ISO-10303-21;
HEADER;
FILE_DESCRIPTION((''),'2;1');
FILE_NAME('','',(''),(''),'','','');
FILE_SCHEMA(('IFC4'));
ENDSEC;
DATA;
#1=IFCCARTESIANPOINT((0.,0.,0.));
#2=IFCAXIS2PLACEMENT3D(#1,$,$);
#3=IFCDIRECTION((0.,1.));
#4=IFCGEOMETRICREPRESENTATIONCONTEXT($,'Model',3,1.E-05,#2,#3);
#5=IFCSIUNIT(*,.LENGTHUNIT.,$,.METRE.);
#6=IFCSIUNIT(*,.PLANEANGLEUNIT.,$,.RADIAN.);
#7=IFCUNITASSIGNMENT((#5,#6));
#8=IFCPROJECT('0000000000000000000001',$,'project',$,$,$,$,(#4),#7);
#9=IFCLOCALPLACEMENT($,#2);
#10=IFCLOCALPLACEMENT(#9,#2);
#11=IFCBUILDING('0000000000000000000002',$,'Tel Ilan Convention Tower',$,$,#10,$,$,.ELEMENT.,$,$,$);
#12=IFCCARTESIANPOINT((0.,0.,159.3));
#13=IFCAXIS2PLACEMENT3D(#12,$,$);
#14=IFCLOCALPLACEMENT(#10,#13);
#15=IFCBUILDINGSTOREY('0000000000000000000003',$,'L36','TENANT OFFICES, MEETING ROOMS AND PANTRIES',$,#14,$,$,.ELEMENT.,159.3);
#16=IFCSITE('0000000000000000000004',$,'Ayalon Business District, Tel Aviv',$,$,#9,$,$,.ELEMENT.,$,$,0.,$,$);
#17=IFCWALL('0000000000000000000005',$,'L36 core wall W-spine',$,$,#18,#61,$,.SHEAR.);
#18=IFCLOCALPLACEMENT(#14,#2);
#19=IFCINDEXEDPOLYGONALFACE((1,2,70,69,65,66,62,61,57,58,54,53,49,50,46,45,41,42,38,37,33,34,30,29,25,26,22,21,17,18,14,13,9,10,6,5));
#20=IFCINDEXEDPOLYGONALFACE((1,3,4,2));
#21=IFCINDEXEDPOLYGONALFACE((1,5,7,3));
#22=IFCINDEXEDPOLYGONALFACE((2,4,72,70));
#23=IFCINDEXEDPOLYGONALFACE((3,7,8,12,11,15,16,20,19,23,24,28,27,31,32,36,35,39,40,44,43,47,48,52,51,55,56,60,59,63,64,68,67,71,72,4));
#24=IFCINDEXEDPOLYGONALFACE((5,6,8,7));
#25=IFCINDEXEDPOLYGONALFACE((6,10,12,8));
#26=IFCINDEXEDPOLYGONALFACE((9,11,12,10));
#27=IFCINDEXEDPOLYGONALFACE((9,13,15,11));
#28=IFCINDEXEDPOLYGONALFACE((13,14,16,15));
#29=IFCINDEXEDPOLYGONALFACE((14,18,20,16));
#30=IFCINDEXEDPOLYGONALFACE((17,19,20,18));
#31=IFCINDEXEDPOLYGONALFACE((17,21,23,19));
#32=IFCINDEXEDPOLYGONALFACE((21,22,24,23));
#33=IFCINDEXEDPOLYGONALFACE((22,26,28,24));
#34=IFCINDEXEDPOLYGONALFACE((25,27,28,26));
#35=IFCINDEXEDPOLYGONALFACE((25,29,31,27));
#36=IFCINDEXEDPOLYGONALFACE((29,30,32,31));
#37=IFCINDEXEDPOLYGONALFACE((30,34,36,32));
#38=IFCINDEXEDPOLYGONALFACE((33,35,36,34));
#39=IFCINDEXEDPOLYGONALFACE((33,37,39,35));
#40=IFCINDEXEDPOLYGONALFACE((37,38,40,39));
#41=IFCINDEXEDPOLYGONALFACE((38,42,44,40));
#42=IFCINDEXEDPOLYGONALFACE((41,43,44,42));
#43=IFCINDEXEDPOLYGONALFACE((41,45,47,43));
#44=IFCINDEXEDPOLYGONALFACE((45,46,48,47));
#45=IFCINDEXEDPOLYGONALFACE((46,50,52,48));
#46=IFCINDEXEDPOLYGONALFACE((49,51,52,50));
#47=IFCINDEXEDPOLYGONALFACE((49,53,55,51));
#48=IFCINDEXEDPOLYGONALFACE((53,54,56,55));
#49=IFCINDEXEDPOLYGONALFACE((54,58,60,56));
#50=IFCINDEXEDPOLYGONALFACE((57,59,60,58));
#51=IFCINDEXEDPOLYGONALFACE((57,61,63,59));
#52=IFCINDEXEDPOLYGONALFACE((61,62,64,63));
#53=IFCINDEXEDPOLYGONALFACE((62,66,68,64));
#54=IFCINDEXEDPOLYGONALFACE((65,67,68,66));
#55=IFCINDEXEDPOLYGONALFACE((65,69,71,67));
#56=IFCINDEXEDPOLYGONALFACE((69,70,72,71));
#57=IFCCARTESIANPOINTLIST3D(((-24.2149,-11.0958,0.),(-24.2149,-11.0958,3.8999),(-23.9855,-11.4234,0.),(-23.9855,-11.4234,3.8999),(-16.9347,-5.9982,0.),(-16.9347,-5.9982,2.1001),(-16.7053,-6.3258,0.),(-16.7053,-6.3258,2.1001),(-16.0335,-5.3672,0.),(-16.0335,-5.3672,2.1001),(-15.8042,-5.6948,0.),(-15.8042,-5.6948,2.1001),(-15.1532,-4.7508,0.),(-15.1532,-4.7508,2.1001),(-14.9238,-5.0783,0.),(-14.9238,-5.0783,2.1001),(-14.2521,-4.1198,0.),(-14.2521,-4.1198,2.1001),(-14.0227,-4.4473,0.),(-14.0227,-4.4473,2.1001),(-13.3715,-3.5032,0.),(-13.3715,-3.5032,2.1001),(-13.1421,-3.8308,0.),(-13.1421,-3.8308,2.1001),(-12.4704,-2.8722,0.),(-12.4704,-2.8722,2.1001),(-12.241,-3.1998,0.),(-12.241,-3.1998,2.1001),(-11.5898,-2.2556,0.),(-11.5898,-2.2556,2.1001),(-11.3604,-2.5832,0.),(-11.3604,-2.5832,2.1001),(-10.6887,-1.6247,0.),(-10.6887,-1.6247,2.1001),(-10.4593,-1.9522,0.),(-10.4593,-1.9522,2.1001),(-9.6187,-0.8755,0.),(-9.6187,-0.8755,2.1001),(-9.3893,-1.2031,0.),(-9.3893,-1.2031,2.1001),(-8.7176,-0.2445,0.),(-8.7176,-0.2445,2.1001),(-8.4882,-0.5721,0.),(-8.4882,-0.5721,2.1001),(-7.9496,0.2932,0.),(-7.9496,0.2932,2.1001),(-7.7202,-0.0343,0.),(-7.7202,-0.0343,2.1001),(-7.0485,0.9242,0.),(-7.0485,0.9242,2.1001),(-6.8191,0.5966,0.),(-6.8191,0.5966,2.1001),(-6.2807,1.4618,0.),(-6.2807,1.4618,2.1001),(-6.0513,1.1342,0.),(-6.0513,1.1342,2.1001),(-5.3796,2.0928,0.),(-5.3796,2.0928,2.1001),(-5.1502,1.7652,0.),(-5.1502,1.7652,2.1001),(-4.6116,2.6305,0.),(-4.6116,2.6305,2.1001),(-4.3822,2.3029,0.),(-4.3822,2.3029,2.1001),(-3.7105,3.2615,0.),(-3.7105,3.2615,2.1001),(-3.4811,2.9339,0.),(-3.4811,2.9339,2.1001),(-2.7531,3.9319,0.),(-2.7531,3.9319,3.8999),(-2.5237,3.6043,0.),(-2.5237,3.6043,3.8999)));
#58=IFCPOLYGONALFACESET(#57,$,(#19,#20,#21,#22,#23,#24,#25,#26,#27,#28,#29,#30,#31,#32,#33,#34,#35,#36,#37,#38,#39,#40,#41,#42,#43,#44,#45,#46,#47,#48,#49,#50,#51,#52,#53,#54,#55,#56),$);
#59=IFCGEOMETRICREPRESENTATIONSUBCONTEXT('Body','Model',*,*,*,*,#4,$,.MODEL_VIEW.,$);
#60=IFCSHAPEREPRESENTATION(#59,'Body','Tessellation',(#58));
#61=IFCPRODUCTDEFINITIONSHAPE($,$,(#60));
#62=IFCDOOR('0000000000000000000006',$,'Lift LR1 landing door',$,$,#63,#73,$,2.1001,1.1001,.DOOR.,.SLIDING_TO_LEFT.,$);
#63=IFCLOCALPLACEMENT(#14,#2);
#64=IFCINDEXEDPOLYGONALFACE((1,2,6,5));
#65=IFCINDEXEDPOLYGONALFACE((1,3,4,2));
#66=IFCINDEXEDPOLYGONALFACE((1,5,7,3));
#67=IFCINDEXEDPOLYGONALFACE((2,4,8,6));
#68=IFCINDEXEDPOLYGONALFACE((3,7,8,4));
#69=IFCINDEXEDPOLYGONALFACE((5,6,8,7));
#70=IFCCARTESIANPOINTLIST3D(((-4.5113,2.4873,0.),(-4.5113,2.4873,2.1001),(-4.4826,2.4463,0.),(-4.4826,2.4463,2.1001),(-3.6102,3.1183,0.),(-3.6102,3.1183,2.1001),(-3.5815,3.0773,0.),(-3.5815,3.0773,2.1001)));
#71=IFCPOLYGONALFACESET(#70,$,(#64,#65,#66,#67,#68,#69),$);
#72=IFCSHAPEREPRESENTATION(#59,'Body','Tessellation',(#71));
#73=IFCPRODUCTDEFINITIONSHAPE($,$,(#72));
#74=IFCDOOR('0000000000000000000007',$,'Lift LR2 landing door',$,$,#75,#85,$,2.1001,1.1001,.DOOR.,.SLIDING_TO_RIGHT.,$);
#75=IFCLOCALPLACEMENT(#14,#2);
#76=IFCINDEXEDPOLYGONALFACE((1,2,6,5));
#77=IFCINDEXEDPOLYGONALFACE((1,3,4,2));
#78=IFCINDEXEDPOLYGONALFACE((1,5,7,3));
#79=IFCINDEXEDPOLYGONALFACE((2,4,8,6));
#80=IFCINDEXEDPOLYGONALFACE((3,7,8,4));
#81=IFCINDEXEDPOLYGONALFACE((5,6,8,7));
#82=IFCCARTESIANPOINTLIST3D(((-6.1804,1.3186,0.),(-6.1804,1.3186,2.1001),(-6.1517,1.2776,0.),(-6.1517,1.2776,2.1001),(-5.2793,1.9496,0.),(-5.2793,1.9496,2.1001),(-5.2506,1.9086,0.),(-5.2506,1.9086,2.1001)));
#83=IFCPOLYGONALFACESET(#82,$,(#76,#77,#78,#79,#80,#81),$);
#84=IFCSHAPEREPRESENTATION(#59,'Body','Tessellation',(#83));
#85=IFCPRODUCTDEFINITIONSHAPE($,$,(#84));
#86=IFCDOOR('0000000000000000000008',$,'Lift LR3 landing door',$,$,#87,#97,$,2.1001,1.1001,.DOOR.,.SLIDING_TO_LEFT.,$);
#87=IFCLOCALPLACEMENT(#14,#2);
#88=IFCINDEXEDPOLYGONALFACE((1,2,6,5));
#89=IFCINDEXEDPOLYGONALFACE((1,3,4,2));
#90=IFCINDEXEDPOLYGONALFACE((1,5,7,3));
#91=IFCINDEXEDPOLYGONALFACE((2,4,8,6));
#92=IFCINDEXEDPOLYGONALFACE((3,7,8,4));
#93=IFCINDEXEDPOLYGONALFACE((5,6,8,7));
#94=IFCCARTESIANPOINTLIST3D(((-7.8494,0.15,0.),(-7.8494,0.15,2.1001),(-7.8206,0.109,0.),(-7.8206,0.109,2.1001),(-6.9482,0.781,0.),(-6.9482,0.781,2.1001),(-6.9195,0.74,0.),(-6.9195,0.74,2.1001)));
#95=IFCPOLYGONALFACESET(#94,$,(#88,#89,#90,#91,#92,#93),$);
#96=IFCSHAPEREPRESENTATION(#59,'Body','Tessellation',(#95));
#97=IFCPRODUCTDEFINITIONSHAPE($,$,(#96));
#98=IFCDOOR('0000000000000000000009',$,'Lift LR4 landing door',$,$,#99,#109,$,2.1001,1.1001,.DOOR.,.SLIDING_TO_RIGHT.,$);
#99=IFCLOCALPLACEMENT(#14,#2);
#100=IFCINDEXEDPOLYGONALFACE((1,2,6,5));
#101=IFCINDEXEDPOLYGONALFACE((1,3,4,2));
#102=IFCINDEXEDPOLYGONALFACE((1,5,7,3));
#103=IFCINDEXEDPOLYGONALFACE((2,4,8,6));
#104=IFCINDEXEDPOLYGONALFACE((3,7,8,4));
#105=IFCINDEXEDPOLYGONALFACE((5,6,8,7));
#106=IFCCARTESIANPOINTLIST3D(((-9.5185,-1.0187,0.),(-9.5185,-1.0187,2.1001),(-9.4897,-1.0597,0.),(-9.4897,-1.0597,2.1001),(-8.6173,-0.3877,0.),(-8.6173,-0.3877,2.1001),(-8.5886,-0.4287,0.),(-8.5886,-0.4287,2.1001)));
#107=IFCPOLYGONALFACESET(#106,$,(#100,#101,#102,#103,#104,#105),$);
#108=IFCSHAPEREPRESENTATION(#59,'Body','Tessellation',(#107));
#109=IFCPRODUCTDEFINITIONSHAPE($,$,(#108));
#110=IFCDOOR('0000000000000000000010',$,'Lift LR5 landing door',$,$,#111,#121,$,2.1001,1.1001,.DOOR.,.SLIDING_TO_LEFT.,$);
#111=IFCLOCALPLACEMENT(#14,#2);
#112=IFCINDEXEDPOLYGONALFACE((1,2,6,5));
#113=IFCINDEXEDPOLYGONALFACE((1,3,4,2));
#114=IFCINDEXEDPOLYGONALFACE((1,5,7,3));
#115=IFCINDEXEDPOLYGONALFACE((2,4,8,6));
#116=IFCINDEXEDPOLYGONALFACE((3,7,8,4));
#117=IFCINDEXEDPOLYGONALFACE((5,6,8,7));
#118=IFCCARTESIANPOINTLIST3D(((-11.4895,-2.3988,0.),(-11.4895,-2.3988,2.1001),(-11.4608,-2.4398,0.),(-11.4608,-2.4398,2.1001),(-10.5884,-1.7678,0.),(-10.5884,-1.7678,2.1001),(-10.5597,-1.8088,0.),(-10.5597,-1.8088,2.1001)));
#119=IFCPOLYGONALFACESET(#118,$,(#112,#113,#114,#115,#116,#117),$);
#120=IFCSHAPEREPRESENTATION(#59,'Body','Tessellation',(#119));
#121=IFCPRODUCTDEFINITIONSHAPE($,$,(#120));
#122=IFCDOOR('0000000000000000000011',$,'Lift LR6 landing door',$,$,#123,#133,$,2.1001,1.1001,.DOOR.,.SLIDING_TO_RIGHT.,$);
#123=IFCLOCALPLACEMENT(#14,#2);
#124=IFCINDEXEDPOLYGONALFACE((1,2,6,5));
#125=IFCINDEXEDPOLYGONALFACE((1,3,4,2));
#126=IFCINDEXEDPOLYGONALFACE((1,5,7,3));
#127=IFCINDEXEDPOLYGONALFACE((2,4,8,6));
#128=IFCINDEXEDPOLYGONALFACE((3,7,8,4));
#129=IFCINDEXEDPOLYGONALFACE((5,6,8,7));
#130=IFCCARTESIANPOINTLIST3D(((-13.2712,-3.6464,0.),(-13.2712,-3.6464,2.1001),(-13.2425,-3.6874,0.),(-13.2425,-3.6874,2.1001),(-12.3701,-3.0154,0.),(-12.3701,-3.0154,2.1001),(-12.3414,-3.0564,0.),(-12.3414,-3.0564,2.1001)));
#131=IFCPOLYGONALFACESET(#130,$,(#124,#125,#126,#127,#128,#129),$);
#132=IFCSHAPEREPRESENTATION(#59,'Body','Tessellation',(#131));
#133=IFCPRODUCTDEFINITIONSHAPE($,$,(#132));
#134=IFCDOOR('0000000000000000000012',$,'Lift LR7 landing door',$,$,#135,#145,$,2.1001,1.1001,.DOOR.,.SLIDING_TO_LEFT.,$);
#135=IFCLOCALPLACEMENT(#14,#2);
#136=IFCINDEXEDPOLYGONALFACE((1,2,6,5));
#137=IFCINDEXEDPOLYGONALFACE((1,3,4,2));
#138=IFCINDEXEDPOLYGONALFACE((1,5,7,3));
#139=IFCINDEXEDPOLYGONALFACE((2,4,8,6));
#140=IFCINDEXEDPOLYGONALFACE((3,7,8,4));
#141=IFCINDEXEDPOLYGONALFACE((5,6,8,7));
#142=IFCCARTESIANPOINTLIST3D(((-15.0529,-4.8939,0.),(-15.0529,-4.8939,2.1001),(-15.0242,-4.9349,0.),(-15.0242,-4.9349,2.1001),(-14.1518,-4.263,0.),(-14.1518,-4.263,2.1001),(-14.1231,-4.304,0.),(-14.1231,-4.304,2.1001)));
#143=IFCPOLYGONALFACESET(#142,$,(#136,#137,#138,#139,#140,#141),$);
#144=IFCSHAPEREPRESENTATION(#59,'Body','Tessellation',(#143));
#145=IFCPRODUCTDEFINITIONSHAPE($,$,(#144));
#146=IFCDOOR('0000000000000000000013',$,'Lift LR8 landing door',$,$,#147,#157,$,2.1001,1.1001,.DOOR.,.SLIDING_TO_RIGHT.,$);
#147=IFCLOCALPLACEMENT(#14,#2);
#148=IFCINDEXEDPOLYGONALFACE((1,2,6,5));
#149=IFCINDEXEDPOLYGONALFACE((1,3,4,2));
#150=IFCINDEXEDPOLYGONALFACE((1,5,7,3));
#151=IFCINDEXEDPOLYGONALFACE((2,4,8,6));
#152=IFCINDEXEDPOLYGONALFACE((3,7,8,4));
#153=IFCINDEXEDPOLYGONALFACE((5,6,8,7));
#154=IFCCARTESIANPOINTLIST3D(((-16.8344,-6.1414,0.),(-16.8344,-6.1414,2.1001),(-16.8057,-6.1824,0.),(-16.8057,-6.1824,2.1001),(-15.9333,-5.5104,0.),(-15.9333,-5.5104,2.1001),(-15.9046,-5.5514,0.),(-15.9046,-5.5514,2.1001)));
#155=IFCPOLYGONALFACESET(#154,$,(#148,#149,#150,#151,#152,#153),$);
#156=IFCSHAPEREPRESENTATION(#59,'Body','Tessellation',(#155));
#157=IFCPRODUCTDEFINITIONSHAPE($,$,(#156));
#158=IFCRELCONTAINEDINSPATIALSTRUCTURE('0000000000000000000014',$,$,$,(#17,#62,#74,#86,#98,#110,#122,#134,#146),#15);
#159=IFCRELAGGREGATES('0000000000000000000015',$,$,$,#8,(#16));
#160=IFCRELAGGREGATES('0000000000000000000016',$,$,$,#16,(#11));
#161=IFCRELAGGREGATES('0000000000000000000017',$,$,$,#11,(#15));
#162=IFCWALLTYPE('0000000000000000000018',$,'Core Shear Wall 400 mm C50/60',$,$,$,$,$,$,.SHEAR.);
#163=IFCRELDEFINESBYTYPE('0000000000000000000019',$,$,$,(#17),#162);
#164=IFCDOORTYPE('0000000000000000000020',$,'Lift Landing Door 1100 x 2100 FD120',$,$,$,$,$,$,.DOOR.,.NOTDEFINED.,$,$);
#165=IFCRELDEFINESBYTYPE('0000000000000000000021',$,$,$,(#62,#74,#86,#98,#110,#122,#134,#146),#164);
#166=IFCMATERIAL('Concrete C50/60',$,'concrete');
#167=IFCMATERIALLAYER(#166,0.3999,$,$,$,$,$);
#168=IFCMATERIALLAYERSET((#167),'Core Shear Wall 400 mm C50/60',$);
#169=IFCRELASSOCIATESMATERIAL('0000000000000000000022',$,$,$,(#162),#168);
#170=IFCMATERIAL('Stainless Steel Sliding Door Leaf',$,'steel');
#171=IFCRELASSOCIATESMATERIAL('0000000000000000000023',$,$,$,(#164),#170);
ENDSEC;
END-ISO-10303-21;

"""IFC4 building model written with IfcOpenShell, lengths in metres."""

from ifc_helpers import new_model, si_unit, direction, frame, frame_2d, origin, place, context, subcontext, project, spatial, polyline, rectangle, outline, extrude, material, layer, layer_set, type_object, element, fill, save


model = new_model("IFC4")

# Units and contexts
model_context = context("Model", 3, precision=1e-05, world=origin(), true_north=direction((0.0, 1.0)))
body_context = subcontext(model_context, "Body", "Model", "MODEL_VIEW")
ifc_project = project(units=[si_unit("LENGTHUNIT", "METRE"), si_unit("PLANEANGLEUNIT", "RADIAN")], contexts=[model_context])

# Site, building, storey
site_placement = place(None, origin())
site = spatial("IfcSite", under=ifc_project, at=site_placement, Name="Ayalon Business District, Tel Aviv", CompositionType="ELEMENT", RefElevation=0.0)
building_placement = place(site_placement, origin())
building = spatial("IfcBuilding", under=site, at=building_placement, Name="Tel Ilan Convention Tower", CompositionType="ELEMENT")
storey_placement = place(building_placement, frame((0.0, 0.0, 159.3)))
storey = spatial("IfcBuildingStorey", under=building, at=storey_placement, Name="L36", Description="TENANT OFFICES, MEETING ROOMS AND PANTRIES", CompositionType="ELEMENT", Elevation=159.3)

# Wall, openings, doors
ifc_material_1 = material(Name="Concrete C50/60", Category="concrete")
ifc_layer_1 = layer(ifc_material_1, 0.3999)
ifc_layer_set_1 = layer_set([ifc_layer_1], Name="Core Shear Wall 400 mm C50/60")
wall_type_1 = type_object("IfcWallType", Name="Core Shear Wall 400 mm C50/60", PredefinedType="SHEAR", material=ifc_layer_set_1)
wall_1_placement = place(storey_placement, frame((-2.6384, 3.7681, 0.0), z_axis=(0.0, 0.0, 1.0), x_axis=(-0.819153, -0.573576, 0.0)))
wall_1 = element("IfcWall", 1, at=wall_1_placement, inside=storey, type_object=wall_type_1, Name="L36 core wall W-spine", PredefinedType="SHEAR", context=body_context, shape_type="SweptSolid", body=[
    extrude(outline(polyline([(26.2, 0.2), (0.0, 0.2), (0.0, -0.2), (26.2, -0.2), (26.2, 0.2)])), origin(), (0.0, 0.0, 1.0), 3.8999),
])
opening_1_placement = place(wall_1_placement, frame((1.1687, 0.0, 0.0)))
opening_1 = element("IfcOpeningElement", 2, at=opening_1_placement, cuts=wall_1, PredefinedType="OPENING", context=body_context, shape_type="SweptSolid", body=[
    extrude(rectangle(XDim=1.1001, YDim=2.1001, at=frame_2d((0.55, 1.05))), frame((0.0, 0.21, 0.0), z_axis=(0.0, -1.0, 0.0), x_axis=(1.0, 0.0, 0.0)), (0.0, 0.0, 1.0), 0.4199),
])
opening_2_placement = place(wall_1_placement, frame((3.2063, 0.0, 0.0)))
opening_2 = element("IfcOpeningElement", 3, at=opening_2_placement, cuts=wall_1, PredefinedType="OPENING", context=body_context, shape_type="SweptSolid", body=[
    extrude(rectangle(XDim=1.1001, YDim=2.1001, at=frame_2d((0.55, 1.05))), frame((0.0, 0.21, 0.0), z_axis=(0.0, -1.0, 0.0), x_axis=(1.0, 0.0, 0.0)), (0.0, 0.0, 1.0), 0.4199),
])
opening_3_placement = place(wall_1_placement, frame((5.2437, 0.0, 0.0)))
opening_3 = element("IfcOpeningElement", 4, at=opening_3_placement, cuts=wall_1, PredefinedType="OPENING", context=body_context, shape_type="SweptSolid", body=[
    extrude(rectangle(XDim=1.1001, YDim=2.1001, at=frame_2d((0.55, 1.05))), frame((0.0, 0.21, 0.0), z_axis=(0.0, -1.0, 0.0), x_axis=(1.0, 0.0, 0.0)), (0.0, 0.0, 1.0), 0.4199),
])
opening_4_placement = place(wall_1_placement, frame((7.2812, 0.0, 0.0)))
opening_4 = element("IfcOpeningElement", 5, at=opening_4_placement, cuts=wall_1, PredefinedType="OPENING", context=body_context, shape_type="SweptSolid", body=[
    extrude(rectangle(XDim=1.1001, YDim=2.1001, at=frame_2d((0.55, 1.05))), frame((0.0, 0.21, 0.0), z_axis=(0.0, -1.0, 0.0), x_axis=(1.0, 0.0, 0.0)), (0.0, 0.0, 1.0), 0.4199),
])
opening_5_placement = place(wall_1_placement, frame((9.6875, 0.0, 0.0)))
opening_5 = element("IfcOpeningElement", 6, at=opening_5_placement, cuts=wall_1, PredefinedType="OPENING", context=body_context, shape_type="SweptSolid", body=[
    extrude(rectangle(XDim=1.1001, YDim=2.1001, at=frame_2d((0.55, 1.05))), frame((0.0, 0.21, 0.0), z_axis=(0.0, -1.0, 0.0), x_axis=(1.0, 0.0, 0.0)), (0.0, 0.0, 1.0), 0.4199),
])
opening_6_placement = place(wall_1_placement, frame((11.8625, 0.0, 0.0)))
opening_6 = element("IfcOpeningElement", 7, at=opening_6_placement, cuts=wall_1, PredefinedType="OPENING", context=body_context, shape_type="SweptSolid", body=[
    extrude(rectangle(XDim=1.1001, YDim=2.1001, at=frame_2d((0.55, 1.05))), frame((0.0, 0.21, 0.0), z_axis=(0.0, -1.0, 0.0), x_axis=(1.0, 0.0, 0.0)), (0.0, 0.0, 1.0), 0.4199),
])
opening_7_placement = place(wall_1_placement, frame((14.0376, 0.0, 0.0)))
opening_7 = element("IfcOpeningElement", 8, at=opening_7_placement, cuts=wall_1, PredefinedType="OPENING", context=body_context, shape_type="SweptSolid", body=[
    extrude(rectangle(XDim=1.1001, YDim=2.1001, at=frame_2d((0.55, 1.05))), frame((0.0, 0.21, 0.0), z_axis=(0.0, -1.0, 0.0), x_axis=(1.0, 0.0, 0.0)), (0.0, 0.0, 1.0), 0.4199),
])
opening_8_placement = place(wall_1_placement, frame((16.2124, 0.0, 0.0)))
opening_8 = element("IfcOpeningElement", 9, at=opening_8_placement, cuts=wall_1, PredefinedType="OPENING", context=body_context, shape_type="SweptSolid", body=[
    extrude(rectangle(XDim=1.1001, YDim=2.1001, at=frame_2d((0.55, 1.05))), frame((0.0, 0.21, 0.0), z_axis=(0.0, -1.0, 0.0), x_axis=(1.0, 0.0, 0.0)), (0.0, 0.0, 1.0), 0.4199),
])
ifc_material_2 = material(Name="Stainless Steel Sliding Door Leaf", Category="steel")
door_type = type_object("IfcDoorType", Name="Lift Landing Door 1100 x 2100 FD120", OperationType="NOTDEFINED", PredefinedType="DOOR", material=ifc_material_2)
door_1_placement = place(opening_1_placement, origin())
door_1 = element("IfcDoor", 10, at=door_1_placement, inside=storey, type_object=door_type, Name="Lift LR1 landing door", OperationType="SLIDING_TO_LEFT", OverallHeight=2.1001, OverallWidth=1.1001, PredefinedType="DOOR", context=body_context, shape_type="SweptSolid", body=[
    extrude(rectangle(XDim=1.1001, YDim=2.1001, at=frame_2d((0.55, 1.05))), frame((0.0, 0.0249, 0.0), z_axis=(0.0, -1.0, 0.0), x_axis=(1.0, 0.0, 0.0)), (0.0, 0.0, 1.0), 0.05),
])
fill(opening_1, door_1)
door_2_placement = place(opening_2_placement, origin())
door_2 = element("IfcDoor", 11, at=door_2_placement, inside=storey, type_object=door_type, Name="Lift LR2 landing door", OperationType="SLIDING_TO_RIGHT", OverallHeight=2.1001, OverallWidth=1.1001, PredefinedType="DOOR", context=body_context, shape_type="SweptSolid", body=[
    extrude(rectangle(XDim=1.1001, YDim=2.1001, at=frame_2d((0.55, 1.05))), frame((0.0, 0.0249, 0.0), z_axis=(0.0, -1.0, 0.0), x_axis=(1.0, 0.0, 0.0)), (0.0, 0.0, 1.0), 0.05),
])
fill(opening_2, door_2)
door_3_placement = place(opening_3_placement, origin())
door_3 = element("IfcDoor", 12, at=door_3_placement, inside=storey, type_object=door_type, Name="Lift LR3 landing door", OperationType="SLIDING_TO_LEFT", OverallHeight=2.1001, OverallWidth=1.1001, PredefinedType="DOOR", context=body_context, shape_type="SweptSolid", body=[
    extrude(rectangle(XDim=1.1001, YDim=2.1001, at=frame_2d((0.55, 1.05))), frame((0.0, 0.0249, 0.0), z_axis=(0.0, -1.0, 0.0), x_axis=(1.0, 0.0, 0.0)), (0.0, 0.0, 1.0), 0.05),
])
fill(opening_3, door_3)
door_4_placement = place(opening_4_placement, origin())
door_4 = element("IfcDoor", 13, at=door_4_placement, inside=storey, type_object=door_type, Name="Lift LR4 landing door", OperationType="SLIDING_TO_RIGHT", OverallHeight=2.1001, OverallWidth=1.1001, PredefinedType="DOOR", context=body_context, shape_type="SweptSolid", body=[
    extrude(rectangle(XDim=1.1001, YDim=2.1001, at=frame_2d((0.55, 1.05))), frame((0.0, 0.0249, 0.0), z_axis=(0.0, -1.0, 0.0), x_axis=(1.0, 0.0, 0.0)), (0.0, 0.0, 1.0), 0.05),
])
fill(opening_4, door_4)
door_5_placement = place(opening_5_placement, origin())
door_5 = element("IfcDoor", 14, at=door_5_placement, inside=storey, type_object=door_type, Name="Lift LR5 landing door", OperationType="SLIDING_TO_LEFT", OverallHeight=2.1001, OverallWidth=1.1001, PredefinedType="DOOR", context=body_context, shape_type="SweptSolid", body=[
    extrude(rectangle(XDim=1.1001, YDim=2.1001, at=frame_2d((0.55, 1.05))), frame((0.0, 0.0249, 0.0), z_axis=(0.0, -1.0, 0.0), x_axis=(1.0, 0.0, 0.0)), (0.0, 0.0, 1.0), 0.05),
])
fill(opening_5, door_5)
door_6_placement = place(opening_6_placement, origin())
door_6 = element("IfcDoor", 15, at=door_6_placement, inside=storey, type_object=door_type, Name="Lift LR6 landing door", OperationType="SLIDING_TO_RIGHT", OverallHeight=2.1001, OverallWidth=1.1001, PredefinedType="DOOR", context=body_context, shape_type="SweptSolid", body=[
    extrude(rectangle(XDim=1.1001, YDim=2.1001, at=frame_2d((0.55, 1.05))), frame((0.0, 0.0249, 0.0), z_axis=(0.0, -1.0, 0.0), x_axis=(1.0, 0.0, 0.0)), (0.0, 0.0, 1.0), 0.05),
])
fill(opening_6, door_6)
door_7_placement = place(opening_7_placement, origin())
door_7 = element("IfcDoor", 16, at=door_7_placement, inside=storey, type_object=door_type, Name="Lift LR7 landing door", OperationType="SLIDING_TO_LEFT", OverallHeight=2.1001, OverallWidth=1.1001, PredefinedType="DOOR", context=body_context, shape_type="SweptSolid", body=[
    extrude(rectangle(XDim=1.1001, YDim=2.1001, at=frame_2d((0.55, 1.05))), frame((0.0, 0.0249, 0.0), z_axis=(0.0, -1.0, 0.0), x_axis=(1.0, 0.0, 0.0)), (0.0, 0.0, 1.0), 0.05),
])
fill(opening_7, door_7)
door_8_placement = place(opening_8_placement, origin())
door_8 = element("IfcDoor", 17, at=door_8_placement, inside=storey, type_object=door_type, Name="Lift LR8 landing door", OperationType="SLIDING_TO_RIGHT", OverallHeight=2.1001, OverallWidth=1.1001, PredefinedType="DOOR", context=body_context, shape_type="SweptSolid", body=[
    extrude(rectangle(XDim=1.1001, YDim=2.1001, at=frame_2d((0.55, 1.05))), frame((0.0, 0.0249, 0.0), z_axis=(0.0, -1.0, 0.0), x_axis=(1.0, 0.0, 0.0)), (0.0, 0.0, 1.0), 0.05),
])
fill(opening_8, door_8)

save(model, "model.ifc")
